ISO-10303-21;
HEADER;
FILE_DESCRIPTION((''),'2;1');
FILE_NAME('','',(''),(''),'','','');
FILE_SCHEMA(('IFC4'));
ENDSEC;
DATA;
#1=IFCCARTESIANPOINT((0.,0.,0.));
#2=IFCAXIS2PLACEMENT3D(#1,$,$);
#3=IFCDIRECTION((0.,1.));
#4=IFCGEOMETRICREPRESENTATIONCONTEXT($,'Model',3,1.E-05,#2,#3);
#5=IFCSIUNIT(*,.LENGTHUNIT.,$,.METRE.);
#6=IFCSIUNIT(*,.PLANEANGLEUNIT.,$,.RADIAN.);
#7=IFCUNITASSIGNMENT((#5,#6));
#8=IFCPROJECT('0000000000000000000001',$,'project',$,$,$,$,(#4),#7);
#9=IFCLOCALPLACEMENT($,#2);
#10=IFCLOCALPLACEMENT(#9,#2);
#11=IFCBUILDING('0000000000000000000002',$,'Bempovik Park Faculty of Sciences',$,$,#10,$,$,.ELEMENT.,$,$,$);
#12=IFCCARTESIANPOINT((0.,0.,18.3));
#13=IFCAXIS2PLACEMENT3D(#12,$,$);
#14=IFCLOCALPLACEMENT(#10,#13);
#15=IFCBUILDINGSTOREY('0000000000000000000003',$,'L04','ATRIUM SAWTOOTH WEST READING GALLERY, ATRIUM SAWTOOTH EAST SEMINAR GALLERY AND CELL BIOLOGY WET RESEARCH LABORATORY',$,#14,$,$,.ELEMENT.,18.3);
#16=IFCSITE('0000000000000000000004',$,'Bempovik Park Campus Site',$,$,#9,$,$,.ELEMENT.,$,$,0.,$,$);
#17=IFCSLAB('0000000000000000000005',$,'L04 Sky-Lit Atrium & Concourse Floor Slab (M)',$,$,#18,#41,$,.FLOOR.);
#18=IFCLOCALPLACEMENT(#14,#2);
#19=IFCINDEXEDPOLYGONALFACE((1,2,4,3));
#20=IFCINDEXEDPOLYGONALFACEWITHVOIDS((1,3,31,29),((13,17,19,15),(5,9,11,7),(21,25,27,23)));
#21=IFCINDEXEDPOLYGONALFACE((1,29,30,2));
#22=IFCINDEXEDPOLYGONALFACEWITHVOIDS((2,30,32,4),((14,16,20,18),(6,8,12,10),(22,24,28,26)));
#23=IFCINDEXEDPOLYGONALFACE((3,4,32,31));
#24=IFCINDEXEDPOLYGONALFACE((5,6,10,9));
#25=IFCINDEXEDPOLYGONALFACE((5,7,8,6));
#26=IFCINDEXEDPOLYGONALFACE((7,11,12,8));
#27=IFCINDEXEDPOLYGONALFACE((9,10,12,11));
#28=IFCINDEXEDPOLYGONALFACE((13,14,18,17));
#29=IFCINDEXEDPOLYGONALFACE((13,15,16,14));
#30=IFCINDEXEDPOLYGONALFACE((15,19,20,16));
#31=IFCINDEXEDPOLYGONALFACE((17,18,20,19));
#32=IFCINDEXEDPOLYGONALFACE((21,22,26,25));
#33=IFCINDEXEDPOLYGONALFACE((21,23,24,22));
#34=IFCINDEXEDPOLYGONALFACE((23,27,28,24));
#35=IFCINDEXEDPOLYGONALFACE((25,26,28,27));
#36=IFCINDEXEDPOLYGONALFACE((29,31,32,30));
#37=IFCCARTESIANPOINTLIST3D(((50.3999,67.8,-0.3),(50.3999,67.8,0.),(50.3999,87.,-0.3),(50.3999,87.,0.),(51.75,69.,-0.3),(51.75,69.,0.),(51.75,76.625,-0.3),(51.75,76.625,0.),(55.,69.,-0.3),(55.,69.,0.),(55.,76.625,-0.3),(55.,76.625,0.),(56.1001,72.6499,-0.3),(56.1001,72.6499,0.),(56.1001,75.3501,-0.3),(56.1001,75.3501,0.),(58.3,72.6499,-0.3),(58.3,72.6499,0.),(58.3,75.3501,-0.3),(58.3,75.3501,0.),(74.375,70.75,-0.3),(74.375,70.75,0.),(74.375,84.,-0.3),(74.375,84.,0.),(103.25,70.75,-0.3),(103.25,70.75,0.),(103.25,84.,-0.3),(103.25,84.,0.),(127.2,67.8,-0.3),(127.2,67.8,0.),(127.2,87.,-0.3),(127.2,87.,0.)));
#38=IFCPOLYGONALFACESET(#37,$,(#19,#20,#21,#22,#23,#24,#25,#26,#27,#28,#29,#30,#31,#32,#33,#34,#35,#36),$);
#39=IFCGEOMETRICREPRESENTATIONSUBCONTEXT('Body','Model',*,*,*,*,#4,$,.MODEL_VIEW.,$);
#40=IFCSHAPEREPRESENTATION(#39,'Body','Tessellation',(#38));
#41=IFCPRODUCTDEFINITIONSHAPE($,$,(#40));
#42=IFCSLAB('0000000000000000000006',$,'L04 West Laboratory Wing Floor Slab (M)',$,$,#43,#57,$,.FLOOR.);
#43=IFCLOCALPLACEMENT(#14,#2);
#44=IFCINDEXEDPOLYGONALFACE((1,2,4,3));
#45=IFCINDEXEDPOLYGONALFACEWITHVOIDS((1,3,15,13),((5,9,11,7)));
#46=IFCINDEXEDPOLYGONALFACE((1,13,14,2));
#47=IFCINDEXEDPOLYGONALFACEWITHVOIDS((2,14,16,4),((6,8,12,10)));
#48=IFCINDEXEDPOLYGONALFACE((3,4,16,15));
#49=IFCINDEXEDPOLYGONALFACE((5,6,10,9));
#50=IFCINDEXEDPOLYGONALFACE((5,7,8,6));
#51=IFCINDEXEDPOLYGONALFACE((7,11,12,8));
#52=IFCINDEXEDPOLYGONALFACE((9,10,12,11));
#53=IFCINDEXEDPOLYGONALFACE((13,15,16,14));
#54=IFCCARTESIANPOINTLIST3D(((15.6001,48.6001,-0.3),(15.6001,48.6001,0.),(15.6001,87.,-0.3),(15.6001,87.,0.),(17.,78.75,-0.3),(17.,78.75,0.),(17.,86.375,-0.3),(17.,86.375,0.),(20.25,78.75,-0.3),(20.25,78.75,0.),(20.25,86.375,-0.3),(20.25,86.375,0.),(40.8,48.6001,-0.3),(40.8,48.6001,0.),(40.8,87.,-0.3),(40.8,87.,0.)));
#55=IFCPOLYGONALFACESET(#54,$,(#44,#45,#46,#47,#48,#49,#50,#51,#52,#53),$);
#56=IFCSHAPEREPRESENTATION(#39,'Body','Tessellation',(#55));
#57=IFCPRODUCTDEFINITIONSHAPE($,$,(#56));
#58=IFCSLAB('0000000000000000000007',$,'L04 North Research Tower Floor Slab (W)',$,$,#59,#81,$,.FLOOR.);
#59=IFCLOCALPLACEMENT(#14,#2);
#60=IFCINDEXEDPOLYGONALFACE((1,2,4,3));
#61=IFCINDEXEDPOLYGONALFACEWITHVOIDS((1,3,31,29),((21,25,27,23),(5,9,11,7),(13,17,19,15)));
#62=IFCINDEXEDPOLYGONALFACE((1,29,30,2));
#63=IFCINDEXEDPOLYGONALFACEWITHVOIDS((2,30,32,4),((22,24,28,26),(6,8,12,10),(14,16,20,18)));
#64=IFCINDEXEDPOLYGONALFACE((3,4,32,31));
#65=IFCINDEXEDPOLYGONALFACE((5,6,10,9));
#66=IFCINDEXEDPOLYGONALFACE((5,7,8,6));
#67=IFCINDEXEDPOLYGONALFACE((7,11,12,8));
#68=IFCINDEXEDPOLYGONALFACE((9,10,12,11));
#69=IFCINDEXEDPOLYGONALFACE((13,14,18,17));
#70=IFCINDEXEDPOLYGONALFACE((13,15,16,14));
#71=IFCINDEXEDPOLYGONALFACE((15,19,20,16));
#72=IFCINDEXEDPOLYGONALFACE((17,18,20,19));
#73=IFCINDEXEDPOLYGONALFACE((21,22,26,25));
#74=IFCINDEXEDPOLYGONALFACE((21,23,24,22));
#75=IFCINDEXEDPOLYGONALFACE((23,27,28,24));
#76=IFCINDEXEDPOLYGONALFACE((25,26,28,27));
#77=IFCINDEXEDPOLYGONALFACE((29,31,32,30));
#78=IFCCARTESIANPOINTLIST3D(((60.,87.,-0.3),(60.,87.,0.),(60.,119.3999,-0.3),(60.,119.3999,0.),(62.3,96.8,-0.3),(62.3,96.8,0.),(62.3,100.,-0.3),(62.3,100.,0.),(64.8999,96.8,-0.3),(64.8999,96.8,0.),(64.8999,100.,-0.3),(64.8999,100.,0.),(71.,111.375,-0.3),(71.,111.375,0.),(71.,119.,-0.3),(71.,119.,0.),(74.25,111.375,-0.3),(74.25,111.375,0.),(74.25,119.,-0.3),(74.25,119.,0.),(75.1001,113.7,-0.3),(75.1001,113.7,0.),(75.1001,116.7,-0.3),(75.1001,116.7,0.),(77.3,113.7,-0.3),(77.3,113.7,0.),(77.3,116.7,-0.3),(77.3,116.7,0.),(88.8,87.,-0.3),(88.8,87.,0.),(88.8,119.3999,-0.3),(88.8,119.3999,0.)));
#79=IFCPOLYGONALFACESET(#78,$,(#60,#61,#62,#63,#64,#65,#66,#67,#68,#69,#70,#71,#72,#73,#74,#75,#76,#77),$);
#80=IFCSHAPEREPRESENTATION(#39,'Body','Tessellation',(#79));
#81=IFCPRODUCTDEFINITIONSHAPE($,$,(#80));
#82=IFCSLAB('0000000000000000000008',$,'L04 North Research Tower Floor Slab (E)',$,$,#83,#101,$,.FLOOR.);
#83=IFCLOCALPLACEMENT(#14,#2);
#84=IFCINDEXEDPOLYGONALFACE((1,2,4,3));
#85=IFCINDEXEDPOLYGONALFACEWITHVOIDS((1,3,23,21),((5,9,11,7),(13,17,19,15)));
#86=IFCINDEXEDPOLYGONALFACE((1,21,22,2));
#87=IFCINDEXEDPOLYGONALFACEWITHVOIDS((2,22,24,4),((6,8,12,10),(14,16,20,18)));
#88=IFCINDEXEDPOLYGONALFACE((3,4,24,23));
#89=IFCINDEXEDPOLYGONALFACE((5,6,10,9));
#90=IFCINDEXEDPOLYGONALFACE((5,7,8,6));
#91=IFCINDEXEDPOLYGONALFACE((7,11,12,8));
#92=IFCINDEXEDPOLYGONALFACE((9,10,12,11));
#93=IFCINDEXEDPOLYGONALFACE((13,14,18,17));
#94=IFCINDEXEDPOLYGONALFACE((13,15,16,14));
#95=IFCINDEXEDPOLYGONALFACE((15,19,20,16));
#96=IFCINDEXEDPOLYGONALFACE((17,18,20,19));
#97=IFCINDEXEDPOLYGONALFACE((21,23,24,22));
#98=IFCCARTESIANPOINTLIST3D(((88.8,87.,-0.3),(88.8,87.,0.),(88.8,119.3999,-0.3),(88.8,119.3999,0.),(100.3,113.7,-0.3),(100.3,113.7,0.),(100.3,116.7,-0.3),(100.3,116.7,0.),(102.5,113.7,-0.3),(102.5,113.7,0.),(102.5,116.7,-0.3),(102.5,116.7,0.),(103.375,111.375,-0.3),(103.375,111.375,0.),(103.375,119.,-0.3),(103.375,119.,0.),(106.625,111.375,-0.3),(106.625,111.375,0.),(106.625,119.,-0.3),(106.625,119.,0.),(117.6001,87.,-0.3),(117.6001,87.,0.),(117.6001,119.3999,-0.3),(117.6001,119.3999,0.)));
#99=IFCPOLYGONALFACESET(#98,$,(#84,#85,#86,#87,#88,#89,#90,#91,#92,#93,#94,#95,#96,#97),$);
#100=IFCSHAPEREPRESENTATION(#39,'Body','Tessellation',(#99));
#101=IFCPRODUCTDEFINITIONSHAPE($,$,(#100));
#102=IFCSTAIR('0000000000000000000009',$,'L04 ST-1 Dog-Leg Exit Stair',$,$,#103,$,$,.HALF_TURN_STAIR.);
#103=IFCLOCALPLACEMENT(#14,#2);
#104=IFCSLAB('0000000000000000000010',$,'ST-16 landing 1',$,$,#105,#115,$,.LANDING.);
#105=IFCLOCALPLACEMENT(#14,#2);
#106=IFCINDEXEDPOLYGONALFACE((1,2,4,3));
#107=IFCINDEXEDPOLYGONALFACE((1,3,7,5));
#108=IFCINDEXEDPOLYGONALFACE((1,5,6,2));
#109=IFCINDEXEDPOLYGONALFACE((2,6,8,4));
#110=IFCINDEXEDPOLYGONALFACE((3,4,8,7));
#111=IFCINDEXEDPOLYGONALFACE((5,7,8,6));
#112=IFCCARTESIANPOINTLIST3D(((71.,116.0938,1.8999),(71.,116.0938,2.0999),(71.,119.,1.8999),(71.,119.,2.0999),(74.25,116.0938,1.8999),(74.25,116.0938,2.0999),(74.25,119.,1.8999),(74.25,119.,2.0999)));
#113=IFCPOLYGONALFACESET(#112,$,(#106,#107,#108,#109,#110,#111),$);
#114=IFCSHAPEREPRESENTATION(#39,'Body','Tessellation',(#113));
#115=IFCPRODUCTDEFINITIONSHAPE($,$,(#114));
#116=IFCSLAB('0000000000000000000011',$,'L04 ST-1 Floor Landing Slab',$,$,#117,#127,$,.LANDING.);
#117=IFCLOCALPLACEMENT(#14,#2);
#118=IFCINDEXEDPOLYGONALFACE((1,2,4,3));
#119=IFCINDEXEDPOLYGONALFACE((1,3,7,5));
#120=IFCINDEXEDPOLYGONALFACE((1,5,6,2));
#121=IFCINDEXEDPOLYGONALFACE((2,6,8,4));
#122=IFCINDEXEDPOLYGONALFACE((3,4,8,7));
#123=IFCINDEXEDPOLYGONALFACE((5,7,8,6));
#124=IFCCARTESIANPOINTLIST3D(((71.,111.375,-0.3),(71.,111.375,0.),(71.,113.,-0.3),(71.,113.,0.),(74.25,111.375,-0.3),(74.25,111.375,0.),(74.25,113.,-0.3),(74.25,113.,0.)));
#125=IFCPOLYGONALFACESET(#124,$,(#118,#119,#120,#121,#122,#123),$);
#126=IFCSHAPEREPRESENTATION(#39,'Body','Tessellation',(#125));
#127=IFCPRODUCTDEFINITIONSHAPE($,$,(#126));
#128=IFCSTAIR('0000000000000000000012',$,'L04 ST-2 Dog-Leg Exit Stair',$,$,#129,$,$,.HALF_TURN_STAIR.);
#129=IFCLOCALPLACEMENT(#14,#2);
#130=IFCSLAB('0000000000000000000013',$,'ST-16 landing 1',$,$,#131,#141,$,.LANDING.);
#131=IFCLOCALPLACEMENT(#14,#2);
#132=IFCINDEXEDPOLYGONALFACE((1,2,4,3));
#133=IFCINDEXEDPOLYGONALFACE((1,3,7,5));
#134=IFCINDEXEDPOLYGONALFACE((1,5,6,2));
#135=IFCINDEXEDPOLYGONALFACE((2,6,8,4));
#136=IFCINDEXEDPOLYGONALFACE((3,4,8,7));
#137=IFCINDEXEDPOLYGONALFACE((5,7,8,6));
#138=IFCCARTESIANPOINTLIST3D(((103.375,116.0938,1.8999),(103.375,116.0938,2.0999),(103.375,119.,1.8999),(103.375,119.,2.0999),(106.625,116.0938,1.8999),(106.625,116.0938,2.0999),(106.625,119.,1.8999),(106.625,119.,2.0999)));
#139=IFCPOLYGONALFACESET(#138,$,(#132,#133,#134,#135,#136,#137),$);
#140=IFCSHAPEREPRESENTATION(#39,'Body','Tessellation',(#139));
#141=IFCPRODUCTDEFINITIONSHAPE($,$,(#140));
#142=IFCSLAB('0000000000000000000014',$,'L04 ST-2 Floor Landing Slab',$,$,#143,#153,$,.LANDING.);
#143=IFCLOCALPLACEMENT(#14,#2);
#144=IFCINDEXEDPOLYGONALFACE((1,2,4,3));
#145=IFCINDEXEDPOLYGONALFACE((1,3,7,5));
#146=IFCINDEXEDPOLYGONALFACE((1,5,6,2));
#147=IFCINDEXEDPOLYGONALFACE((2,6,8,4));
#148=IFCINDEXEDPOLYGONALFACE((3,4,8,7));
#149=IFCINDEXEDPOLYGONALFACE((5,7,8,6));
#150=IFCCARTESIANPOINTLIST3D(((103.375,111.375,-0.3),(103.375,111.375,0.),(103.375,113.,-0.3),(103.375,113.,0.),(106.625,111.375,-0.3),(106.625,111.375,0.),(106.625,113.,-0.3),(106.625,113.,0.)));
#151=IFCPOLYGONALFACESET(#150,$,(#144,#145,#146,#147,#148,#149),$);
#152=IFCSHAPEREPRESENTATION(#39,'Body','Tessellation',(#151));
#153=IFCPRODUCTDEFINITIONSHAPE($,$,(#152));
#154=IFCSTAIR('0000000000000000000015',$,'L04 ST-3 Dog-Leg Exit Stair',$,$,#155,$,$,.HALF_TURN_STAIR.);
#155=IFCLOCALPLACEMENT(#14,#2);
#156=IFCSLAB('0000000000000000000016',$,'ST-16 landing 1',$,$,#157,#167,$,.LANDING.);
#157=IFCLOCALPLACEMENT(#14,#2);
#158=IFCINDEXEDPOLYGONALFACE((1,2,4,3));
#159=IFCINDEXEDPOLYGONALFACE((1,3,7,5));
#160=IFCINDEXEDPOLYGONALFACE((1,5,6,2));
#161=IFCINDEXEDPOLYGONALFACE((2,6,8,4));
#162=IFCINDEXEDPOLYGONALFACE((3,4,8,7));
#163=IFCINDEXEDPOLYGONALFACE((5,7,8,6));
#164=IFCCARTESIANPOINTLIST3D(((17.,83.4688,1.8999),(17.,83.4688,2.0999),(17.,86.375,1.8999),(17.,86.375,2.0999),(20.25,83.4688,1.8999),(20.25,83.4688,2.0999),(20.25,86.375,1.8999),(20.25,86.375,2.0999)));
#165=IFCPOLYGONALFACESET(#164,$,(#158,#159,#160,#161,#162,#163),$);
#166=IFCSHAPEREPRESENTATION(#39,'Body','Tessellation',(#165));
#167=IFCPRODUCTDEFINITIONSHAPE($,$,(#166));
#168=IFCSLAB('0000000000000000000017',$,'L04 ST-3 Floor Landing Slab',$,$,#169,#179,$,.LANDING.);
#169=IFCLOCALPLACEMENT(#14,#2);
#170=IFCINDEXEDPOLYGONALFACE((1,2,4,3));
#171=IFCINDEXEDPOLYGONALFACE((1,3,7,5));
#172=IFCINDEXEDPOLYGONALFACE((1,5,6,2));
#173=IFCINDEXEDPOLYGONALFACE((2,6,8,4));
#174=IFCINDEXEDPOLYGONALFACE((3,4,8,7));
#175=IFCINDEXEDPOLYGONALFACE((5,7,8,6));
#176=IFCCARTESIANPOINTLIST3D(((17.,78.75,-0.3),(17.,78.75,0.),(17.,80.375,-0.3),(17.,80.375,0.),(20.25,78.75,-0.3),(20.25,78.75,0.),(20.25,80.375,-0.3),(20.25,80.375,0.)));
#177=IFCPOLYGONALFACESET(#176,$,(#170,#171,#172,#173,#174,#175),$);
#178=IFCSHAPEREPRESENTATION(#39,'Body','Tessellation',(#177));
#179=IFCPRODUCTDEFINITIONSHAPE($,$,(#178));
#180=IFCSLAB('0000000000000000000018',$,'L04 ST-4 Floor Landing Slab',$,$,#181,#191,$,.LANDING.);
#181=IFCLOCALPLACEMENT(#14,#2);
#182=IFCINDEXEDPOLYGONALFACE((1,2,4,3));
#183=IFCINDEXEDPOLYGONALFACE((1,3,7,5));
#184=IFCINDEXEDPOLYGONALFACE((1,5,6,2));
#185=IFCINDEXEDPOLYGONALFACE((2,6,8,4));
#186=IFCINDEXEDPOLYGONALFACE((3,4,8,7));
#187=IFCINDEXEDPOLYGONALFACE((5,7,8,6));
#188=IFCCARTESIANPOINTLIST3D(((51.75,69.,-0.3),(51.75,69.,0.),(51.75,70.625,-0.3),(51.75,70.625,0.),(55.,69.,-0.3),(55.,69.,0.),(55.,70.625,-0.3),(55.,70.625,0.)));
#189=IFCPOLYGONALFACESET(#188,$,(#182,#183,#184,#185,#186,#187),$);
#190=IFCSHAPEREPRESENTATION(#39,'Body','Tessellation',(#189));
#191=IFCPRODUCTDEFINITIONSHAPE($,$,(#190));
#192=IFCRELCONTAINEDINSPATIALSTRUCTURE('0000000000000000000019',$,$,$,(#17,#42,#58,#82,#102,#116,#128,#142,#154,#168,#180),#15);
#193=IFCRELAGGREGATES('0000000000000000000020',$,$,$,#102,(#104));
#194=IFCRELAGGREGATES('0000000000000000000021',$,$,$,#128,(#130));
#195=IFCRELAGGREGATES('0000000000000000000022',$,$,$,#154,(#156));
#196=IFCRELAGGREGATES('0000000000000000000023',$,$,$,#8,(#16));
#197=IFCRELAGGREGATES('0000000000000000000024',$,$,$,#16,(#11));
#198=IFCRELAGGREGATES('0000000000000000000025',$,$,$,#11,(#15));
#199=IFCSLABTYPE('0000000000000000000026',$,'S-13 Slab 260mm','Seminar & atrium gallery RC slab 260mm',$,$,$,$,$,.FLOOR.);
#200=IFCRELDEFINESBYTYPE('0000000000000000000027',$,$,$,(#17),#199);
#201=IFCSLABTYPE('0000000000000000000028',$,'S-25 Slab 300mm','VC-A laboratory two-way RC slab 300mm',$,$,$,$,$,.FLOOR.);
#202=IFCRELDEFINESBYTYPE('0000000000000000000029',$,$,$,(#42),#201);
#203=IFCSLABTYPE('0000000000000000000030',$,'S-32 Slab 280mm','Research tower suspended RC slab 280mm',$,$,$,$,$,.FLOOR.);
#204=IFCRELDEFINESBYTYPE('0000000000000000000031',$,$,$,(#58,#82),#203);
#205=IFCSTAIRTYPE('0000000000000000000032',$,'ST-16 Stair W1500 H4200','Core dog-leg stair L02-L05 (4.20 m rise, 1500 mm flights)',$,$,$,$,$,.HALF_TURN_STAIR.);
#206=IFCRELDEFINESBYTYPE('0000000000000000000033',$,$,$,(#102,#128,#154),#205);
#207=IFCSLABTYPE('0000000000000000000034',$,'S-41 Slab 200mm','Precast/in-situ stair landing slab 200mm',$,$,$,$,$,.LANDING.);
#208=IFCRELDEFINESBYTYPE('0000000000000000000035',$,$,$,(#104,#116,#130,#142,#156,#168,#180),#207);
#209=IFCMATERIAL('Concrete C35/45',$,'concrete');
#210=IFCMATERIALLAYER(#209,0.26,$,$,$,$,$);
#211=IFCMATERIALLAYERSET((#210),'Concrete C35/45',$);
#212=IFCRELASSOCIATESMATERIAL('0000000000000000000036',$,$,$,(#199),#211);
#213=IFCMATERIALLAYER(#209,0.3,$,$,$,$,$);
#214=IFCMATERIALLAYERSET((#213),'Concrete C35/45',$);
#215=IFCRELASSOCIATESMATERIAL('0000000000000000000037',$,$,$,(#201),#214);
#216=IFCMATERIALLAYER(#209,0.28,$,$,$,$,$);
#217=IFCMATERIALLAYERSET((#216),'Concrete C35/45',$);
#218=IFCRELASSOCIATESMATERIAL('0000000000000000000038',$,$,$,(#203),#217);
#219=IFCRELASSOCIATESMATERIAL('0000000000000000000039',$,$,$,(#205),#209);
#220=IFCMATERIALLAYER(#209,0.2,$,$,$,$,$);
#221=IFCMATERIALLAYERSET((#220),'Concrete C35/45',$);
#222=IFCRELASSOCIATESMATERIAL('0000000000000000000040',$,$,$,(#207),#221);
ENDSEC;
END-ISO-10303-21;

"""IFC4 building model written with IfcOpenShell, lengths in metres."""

from ifc_helpers import new_model, si_unit, direction, frame, origin, place, context, subcontext, project, spatial, polyline, outline, extrude, material, layer, layer_set, type_object, element, aggregate, save


model = new_model("IFC4")

# Units and contexts
model_context = context("Model", 3, precision=1e-05, world=origin(), true_north=direction((0.0, 1.0)))
body_context = subcontext(model_context, "Body", "Model", "MODEL_VIEW")
ifc_project = project(units=[si_unit("LENGTHUNIT", "METRE"), si_unit("PLANEANGLEUNIT", "RADIAN")], contexts=[model_context])

# Site, building, storey
site_placement = place(None, origin())
site = spatial("IfcSite", under=ifc_project, at=site_placement, Name="Bempovik Park Campus Site", CompositionType="ELEMENT", RefElevation=0.0)
building_placement = place(site_placement, origin())
building = spatial("IfcBuilding", under=site, at=building_placement, Name="Bempovik Park Faculty of Sciences", CompositionType="ELEMENT")
storey_placement = place(building_placement, frame((0.0, 0.0, 18.3)))
storey = spatial("IfcBuildingStorey", under=building, at=storey_placement, Name="L04", Description="ATRIUM SAWTOOTH WEST READING GALLERY, ATRIUM SAWTOOTH EAST SEMINAR GALLERY AND CELL BIOLOGY WET RESEARCH LABORATORY", CompositionType="ELEMENT", Elevation=18.3)

# Slabs
ifc_material_1 = material(Name="Concrete C35/45", Category="concrete")
ifc_layer_1 = layer(ifc_material_1, 0.26)
ifc_layer_set_1 = layer_set([ifc_layer_1], Name="Concrete C35/45")
slab_type_1 = type_object("IfcSlabType", Name="S-13 Slab 260mm", Description="Seminar & atrium gallery RC slab 260mm", PredefinedType="FLOOR", material=ifc_layer_set_1)
slab_1_placement = place(storey_placement, frame((0.0, 0.0, -0.3)))
element("IfcSlab", 1, at=slab_1_placement, inside=storey, type_object=slab_type_1, Name="L04 Sky-Lit Atrium & Concourse Floor Slab (M)", PredefinedType="FLOOR", context=body_context, shape_type="SweptSolid", body=[
    extrude(outline(polyline([(50.3999, 67.8), (127.2, 67.8), (127.2, 87.0), (50.3999, 87.0), (50.3999, 67.8)]), holes=[polyline([(51.75, 69.0), (55.0, 69.0), (55.0, 76.625), (51.75, 76.625), (51.75, 69.0)]), polyline([(56.1001, 72.6499), (58.3, 72.6499), (58.3, 75.3501), (56.1001, 75.3501), (56.1001, 72.6499)]), polyline([(74.375, 70.75), (103.25, 70.75), (103.25, 84.0), (74.375, 84.0), (74.375, 70.75)])]), origin(), (0.0, 0.0, 1.0), 0.3),
])
ifc_layer_2 = layer(ifc_material_1, 0.3)
ifc_layer_set_2 = layer_set([ifc_layer_2], Name="Concrete C35/45")
slab_type_2 = type_object("IfcSlabType", Name="S-25 Slab 300mm", Description="VC-A laboratory two-way RC slab 300mm", PredefinedType="FLOOR", material=ifc_layer_set_2)
slab_2_placement = place(storey_placement, frame((0.0, 0.0, -0.3)))
element("IfcSlab", 2, at=slab_2_placement, inside=storey, type_object=slab_type_2, Name="L04 West Laboratory Wing Floor Slab (M)", PredefinedType="FLOOR", context=body_context, shape_type="SweptSolid", body=[
    extrude(outline(polyline([(15.6001, 48.6001), (40.8, 48.6001), (40.8, 87.0), (15.6001, 87.0), (15.6001, 48.6001)]), holes=[polyline([(17.0, 78.75), (20.25, 78.75), (20.25, 86.375), (17.0, 86.375), (17.0, 78.75)])]), origin(), (0.0, 0.0, 1.0), 0.3),
])
ifc_layer_3 = layer(ifc_material_1, 0.28)
ifc_layer_set_3 = layer_set([ifc_layer_3], Name="Concrete C35/45")
slab_type_3 = type_object("IfcSlabType", Name="S-32 Slab 280mm", Description="Research tower suspended RC slab 280mm", PredefinedType="FLOOR", material=ifc_layer_set_3)
slab_3_placement = place(storey_placement, frame((0.0, 0.0, -0.3)))
element("IfcSlab", 3, at=slab_3_placement, inside=storey, type_object=slab_type_3, Name="L04 North Research Tower Floor Slab (W)", PredefinedType="FLOOR", context=body_context, shape_type="SweptSolid", body=[
    extrude(outline(polyline([(60.0, 87.0), (88.8, 87.0), (88.8, 119.3999), (60.0, 119.3999), (60.0, 87.0)]), holes=[polyline([(71.0, 111.375), (74.25, 111.375), (74.25, 119.0), (71.0, 119.0), (71.0, 111.375)]), polyline([(75.1001, 113.7), (77.3, 113.7), (77.3, 116.7), (75.1001, 116.7), (75.1001, 113.7)]), polyline([(62.3, 96.8), (64.8999, 96.8), (64.8999, 100.0), (62.3, 100.0), (62.3, 96.8)])]), origin(), (0.0, 0.0, 1.0), 0.3),
])
slab_4_placement = place(storey_placement, frame((0.0, 0.0, -0.3)))
element("IfcSlab", 4, at=slab_4_placement, inside=storey, type_object=slab_type_3, Name="L04 North Research Tower Floor Slab (E)", PredefinedType="FLOOR", context=body_context, shape_type="SweptSolid", body=[
    extrude(outline(polyline([(88.8, 87.0), (117.6001, 87.0), (117.6001, 119.3999), (88.8, 119.3999), (88.8, 87.0)]), holes=[polyline([(103.375, 111.375), (106.625, 111.375), (106.625, 119.0), (103.375, 119.0), (103.375, 111.375)]), polyline([(100.3, 113.7), (102.5, 113.7), (102.5, 116.7), (100.3, 116.7), (100.3, 113.7)])]), origin(), (0.0, 0.0, 1.0), 0.3),
])

# Stair, slab
stair_type = type_object("IfcStairType", Name="ST-16 Stair W1500 H4200", Description="Core dog-leg stair L02-L05 (4.20 m rise, 1500 mm flights)", PredefinedType="HALF_TURN_STAIR", material=ifc_material_1)
stair_1_placement = place(storey_placement, origin())
stair_1 = element("IfcStair", 5, at=stair_1_placement, inside=storey, type_object=stair_type, Name="L04 ST-1 Dog-Leg Exit Stair", PredefinedType="HALF_TURN_STAIR")
ifc_layer_4 = layer(ifc_material_1, 0.2)
ifc_layer_set_4 = layer_set([ifc_layer_4], Name="Concrete C35/45")
slab_type_4 = type_object("IfcSlabType", Name="S-41 Slab 200mm", Description="Precast/in-situ stair landing slab 200mm", PredefinedType="LANDING", material=ifc_layer_set_4)
slab_5_placement = place(storey_placement, frame((0.0, 0.0, 1.8999)))
slab_5 = element("IfcSlab", 6, at=slab_5_placement, type_object=slab_type_4, Name="ST-16 landing 1", PredefinedType="LANDING", context=body_context, shape_type="SweptSolid", body=[
    extrude(outline(polyline([(74.25, 116.0938), (74.25, 119.0), (71.0, 119.0), (71.0, 116.0938), (74.25, 116.0938)])), origin(), (0.0, 0.0, 1.0), 0.2),
])
aggregate(stair_1, [slab_5])

# Slab
slab_6_placement = place(storey_placement, frame((0.0, 0.0, -0.3)))
element("IfcSlab", 7, at=slab_6_placement, inside=storey, type_object=slab_type_4, Name="L04 ST-1 Floor Landing Slab", PredefinedType="LANDING", context=body_context, shape_type="SweptSolid", body=[
    extrude(outline(polyline([(74.25, 111.375), (74.25, 113.0), (71.0, 113.0), (71.0, 111.375), (74.25, 111.375)])), origin(), (0.0, 0.0, 1.0), 0.3),
])

# Stair, slab
stair_2_placement = place(storey_placement, origin())
stair_2 = element("IfcStair", 8, at=stair_2_placement, inside=storey, type_object=stair_type, Name="L04 ST-2 Dog-Leg Exit Stair", PredefinedType="HALF_TURN_STAIR")
slab_7_placement = place(storey_placement, frame((0.0, 0.0, 1.8999)))
slab_7 = element("IfcSlab", 9, at=slab_7_placement, type_object=slab_type_4, Name="ST-16 landing 1", PredefinedType="LANDING", context=body_context, shape_type="SweptSolid", body=[
    extrude(outline(polyline([(106.625, 116.0938), (106.625, 119.0), (103.375, 119.0), (103.375, 116.0938), (106.625, 116.0938)])), origin(), (0.0, 0.0, 1.0), 0.2),
])
aggregate(stair_2, [slab_7])

# Slab
slab_8_placement = place(storey_placement, frame((0.0, 0.0, -0.3)))
element("IfcSlab", 10, at=slab_8_placement, inside=storey, type_object=slab_type_4, Name="L04 ST-2 Floor Landing Slab", PredefinedType="LANDING", context=body_context, shape_type="SweptSolid", body=[
    extrude(outline(polyline([(106.625, 111.375), (106.625, 113.0), (103.375, 113.0), (103.375, 111.375), (106.625, 111.375)])), origin(), (0.0, 0.0, 1.0), 0.3),
])

# Stair, slab
stair_3_placement = place(storey_placement, origin())
stair_3 = element("IfcStair", 11, at=stair_3_placement, inside=storey, type_object=stair_type, Name="L04 ST-3 Dog-Leg Exit Stair", PredefinedType="HALF_TURN_STAIR")
slab_9_placement = place(storey_placement, frame((0.0, 0.0, 1.8999)))
slab_9 = element("IfcSlab", 12, at=slab_9_placement, type_object=slab_type_4, Name="ST-16 landing 1", PredefinedType="LANDING", context=body_context, shape_type="SweptSolid", body=[
    extrude(outline(polyline([(20.25, 83.4688), (20.25, 86.375), (17.0, 86.375), (17.0, 83.4688), (20.25, 83.4688)])), origin(), (0.0, 0.0, 1.0), 0.2),
])
aggregate(stair_3, [slab_9])

# Slabs
slab_10_placement = place(storey_placement, frame((0.0, 0.0, -0.3)))
element("IfcSlab", 13, at=slab_10_placement, inside=storey, type_object=slab_type_4, Name="L04 ST-3 Floor Landing Slab", PredefinedType="LANDING", context=body_context, shape_type="SweptSolid", body=[
    extrude(outline(polyline([(20.25, 78.75), (20.25, 80.375), (17.0, 80.375), (17.0, 78.75), (20.25, 78.75)])), origin(), (0.0, 0.0, 1.0), 0.3),
])
slab_11_placement = place(storey_placement, frame((0.0, 0.0, -0.3)))
element("IfcSlab", 14, at=slab_11_placement, inside=storey, type_object=slab_type_4, Name="L04 ST-4 Floor Landing Slab", PredefinedType="LANDING", context=body_context, shape_type="SweptSolid", body=[
    extrude(outline(polyline([(55.0, 69.0), (55.0, 70.625), (51.75, 70.625), (51.75, 69.0), (55.0, 69.0)])), origin(), (0.0, 0.0, 1.0), 0.3),
])

save(model, "model.ifc")
